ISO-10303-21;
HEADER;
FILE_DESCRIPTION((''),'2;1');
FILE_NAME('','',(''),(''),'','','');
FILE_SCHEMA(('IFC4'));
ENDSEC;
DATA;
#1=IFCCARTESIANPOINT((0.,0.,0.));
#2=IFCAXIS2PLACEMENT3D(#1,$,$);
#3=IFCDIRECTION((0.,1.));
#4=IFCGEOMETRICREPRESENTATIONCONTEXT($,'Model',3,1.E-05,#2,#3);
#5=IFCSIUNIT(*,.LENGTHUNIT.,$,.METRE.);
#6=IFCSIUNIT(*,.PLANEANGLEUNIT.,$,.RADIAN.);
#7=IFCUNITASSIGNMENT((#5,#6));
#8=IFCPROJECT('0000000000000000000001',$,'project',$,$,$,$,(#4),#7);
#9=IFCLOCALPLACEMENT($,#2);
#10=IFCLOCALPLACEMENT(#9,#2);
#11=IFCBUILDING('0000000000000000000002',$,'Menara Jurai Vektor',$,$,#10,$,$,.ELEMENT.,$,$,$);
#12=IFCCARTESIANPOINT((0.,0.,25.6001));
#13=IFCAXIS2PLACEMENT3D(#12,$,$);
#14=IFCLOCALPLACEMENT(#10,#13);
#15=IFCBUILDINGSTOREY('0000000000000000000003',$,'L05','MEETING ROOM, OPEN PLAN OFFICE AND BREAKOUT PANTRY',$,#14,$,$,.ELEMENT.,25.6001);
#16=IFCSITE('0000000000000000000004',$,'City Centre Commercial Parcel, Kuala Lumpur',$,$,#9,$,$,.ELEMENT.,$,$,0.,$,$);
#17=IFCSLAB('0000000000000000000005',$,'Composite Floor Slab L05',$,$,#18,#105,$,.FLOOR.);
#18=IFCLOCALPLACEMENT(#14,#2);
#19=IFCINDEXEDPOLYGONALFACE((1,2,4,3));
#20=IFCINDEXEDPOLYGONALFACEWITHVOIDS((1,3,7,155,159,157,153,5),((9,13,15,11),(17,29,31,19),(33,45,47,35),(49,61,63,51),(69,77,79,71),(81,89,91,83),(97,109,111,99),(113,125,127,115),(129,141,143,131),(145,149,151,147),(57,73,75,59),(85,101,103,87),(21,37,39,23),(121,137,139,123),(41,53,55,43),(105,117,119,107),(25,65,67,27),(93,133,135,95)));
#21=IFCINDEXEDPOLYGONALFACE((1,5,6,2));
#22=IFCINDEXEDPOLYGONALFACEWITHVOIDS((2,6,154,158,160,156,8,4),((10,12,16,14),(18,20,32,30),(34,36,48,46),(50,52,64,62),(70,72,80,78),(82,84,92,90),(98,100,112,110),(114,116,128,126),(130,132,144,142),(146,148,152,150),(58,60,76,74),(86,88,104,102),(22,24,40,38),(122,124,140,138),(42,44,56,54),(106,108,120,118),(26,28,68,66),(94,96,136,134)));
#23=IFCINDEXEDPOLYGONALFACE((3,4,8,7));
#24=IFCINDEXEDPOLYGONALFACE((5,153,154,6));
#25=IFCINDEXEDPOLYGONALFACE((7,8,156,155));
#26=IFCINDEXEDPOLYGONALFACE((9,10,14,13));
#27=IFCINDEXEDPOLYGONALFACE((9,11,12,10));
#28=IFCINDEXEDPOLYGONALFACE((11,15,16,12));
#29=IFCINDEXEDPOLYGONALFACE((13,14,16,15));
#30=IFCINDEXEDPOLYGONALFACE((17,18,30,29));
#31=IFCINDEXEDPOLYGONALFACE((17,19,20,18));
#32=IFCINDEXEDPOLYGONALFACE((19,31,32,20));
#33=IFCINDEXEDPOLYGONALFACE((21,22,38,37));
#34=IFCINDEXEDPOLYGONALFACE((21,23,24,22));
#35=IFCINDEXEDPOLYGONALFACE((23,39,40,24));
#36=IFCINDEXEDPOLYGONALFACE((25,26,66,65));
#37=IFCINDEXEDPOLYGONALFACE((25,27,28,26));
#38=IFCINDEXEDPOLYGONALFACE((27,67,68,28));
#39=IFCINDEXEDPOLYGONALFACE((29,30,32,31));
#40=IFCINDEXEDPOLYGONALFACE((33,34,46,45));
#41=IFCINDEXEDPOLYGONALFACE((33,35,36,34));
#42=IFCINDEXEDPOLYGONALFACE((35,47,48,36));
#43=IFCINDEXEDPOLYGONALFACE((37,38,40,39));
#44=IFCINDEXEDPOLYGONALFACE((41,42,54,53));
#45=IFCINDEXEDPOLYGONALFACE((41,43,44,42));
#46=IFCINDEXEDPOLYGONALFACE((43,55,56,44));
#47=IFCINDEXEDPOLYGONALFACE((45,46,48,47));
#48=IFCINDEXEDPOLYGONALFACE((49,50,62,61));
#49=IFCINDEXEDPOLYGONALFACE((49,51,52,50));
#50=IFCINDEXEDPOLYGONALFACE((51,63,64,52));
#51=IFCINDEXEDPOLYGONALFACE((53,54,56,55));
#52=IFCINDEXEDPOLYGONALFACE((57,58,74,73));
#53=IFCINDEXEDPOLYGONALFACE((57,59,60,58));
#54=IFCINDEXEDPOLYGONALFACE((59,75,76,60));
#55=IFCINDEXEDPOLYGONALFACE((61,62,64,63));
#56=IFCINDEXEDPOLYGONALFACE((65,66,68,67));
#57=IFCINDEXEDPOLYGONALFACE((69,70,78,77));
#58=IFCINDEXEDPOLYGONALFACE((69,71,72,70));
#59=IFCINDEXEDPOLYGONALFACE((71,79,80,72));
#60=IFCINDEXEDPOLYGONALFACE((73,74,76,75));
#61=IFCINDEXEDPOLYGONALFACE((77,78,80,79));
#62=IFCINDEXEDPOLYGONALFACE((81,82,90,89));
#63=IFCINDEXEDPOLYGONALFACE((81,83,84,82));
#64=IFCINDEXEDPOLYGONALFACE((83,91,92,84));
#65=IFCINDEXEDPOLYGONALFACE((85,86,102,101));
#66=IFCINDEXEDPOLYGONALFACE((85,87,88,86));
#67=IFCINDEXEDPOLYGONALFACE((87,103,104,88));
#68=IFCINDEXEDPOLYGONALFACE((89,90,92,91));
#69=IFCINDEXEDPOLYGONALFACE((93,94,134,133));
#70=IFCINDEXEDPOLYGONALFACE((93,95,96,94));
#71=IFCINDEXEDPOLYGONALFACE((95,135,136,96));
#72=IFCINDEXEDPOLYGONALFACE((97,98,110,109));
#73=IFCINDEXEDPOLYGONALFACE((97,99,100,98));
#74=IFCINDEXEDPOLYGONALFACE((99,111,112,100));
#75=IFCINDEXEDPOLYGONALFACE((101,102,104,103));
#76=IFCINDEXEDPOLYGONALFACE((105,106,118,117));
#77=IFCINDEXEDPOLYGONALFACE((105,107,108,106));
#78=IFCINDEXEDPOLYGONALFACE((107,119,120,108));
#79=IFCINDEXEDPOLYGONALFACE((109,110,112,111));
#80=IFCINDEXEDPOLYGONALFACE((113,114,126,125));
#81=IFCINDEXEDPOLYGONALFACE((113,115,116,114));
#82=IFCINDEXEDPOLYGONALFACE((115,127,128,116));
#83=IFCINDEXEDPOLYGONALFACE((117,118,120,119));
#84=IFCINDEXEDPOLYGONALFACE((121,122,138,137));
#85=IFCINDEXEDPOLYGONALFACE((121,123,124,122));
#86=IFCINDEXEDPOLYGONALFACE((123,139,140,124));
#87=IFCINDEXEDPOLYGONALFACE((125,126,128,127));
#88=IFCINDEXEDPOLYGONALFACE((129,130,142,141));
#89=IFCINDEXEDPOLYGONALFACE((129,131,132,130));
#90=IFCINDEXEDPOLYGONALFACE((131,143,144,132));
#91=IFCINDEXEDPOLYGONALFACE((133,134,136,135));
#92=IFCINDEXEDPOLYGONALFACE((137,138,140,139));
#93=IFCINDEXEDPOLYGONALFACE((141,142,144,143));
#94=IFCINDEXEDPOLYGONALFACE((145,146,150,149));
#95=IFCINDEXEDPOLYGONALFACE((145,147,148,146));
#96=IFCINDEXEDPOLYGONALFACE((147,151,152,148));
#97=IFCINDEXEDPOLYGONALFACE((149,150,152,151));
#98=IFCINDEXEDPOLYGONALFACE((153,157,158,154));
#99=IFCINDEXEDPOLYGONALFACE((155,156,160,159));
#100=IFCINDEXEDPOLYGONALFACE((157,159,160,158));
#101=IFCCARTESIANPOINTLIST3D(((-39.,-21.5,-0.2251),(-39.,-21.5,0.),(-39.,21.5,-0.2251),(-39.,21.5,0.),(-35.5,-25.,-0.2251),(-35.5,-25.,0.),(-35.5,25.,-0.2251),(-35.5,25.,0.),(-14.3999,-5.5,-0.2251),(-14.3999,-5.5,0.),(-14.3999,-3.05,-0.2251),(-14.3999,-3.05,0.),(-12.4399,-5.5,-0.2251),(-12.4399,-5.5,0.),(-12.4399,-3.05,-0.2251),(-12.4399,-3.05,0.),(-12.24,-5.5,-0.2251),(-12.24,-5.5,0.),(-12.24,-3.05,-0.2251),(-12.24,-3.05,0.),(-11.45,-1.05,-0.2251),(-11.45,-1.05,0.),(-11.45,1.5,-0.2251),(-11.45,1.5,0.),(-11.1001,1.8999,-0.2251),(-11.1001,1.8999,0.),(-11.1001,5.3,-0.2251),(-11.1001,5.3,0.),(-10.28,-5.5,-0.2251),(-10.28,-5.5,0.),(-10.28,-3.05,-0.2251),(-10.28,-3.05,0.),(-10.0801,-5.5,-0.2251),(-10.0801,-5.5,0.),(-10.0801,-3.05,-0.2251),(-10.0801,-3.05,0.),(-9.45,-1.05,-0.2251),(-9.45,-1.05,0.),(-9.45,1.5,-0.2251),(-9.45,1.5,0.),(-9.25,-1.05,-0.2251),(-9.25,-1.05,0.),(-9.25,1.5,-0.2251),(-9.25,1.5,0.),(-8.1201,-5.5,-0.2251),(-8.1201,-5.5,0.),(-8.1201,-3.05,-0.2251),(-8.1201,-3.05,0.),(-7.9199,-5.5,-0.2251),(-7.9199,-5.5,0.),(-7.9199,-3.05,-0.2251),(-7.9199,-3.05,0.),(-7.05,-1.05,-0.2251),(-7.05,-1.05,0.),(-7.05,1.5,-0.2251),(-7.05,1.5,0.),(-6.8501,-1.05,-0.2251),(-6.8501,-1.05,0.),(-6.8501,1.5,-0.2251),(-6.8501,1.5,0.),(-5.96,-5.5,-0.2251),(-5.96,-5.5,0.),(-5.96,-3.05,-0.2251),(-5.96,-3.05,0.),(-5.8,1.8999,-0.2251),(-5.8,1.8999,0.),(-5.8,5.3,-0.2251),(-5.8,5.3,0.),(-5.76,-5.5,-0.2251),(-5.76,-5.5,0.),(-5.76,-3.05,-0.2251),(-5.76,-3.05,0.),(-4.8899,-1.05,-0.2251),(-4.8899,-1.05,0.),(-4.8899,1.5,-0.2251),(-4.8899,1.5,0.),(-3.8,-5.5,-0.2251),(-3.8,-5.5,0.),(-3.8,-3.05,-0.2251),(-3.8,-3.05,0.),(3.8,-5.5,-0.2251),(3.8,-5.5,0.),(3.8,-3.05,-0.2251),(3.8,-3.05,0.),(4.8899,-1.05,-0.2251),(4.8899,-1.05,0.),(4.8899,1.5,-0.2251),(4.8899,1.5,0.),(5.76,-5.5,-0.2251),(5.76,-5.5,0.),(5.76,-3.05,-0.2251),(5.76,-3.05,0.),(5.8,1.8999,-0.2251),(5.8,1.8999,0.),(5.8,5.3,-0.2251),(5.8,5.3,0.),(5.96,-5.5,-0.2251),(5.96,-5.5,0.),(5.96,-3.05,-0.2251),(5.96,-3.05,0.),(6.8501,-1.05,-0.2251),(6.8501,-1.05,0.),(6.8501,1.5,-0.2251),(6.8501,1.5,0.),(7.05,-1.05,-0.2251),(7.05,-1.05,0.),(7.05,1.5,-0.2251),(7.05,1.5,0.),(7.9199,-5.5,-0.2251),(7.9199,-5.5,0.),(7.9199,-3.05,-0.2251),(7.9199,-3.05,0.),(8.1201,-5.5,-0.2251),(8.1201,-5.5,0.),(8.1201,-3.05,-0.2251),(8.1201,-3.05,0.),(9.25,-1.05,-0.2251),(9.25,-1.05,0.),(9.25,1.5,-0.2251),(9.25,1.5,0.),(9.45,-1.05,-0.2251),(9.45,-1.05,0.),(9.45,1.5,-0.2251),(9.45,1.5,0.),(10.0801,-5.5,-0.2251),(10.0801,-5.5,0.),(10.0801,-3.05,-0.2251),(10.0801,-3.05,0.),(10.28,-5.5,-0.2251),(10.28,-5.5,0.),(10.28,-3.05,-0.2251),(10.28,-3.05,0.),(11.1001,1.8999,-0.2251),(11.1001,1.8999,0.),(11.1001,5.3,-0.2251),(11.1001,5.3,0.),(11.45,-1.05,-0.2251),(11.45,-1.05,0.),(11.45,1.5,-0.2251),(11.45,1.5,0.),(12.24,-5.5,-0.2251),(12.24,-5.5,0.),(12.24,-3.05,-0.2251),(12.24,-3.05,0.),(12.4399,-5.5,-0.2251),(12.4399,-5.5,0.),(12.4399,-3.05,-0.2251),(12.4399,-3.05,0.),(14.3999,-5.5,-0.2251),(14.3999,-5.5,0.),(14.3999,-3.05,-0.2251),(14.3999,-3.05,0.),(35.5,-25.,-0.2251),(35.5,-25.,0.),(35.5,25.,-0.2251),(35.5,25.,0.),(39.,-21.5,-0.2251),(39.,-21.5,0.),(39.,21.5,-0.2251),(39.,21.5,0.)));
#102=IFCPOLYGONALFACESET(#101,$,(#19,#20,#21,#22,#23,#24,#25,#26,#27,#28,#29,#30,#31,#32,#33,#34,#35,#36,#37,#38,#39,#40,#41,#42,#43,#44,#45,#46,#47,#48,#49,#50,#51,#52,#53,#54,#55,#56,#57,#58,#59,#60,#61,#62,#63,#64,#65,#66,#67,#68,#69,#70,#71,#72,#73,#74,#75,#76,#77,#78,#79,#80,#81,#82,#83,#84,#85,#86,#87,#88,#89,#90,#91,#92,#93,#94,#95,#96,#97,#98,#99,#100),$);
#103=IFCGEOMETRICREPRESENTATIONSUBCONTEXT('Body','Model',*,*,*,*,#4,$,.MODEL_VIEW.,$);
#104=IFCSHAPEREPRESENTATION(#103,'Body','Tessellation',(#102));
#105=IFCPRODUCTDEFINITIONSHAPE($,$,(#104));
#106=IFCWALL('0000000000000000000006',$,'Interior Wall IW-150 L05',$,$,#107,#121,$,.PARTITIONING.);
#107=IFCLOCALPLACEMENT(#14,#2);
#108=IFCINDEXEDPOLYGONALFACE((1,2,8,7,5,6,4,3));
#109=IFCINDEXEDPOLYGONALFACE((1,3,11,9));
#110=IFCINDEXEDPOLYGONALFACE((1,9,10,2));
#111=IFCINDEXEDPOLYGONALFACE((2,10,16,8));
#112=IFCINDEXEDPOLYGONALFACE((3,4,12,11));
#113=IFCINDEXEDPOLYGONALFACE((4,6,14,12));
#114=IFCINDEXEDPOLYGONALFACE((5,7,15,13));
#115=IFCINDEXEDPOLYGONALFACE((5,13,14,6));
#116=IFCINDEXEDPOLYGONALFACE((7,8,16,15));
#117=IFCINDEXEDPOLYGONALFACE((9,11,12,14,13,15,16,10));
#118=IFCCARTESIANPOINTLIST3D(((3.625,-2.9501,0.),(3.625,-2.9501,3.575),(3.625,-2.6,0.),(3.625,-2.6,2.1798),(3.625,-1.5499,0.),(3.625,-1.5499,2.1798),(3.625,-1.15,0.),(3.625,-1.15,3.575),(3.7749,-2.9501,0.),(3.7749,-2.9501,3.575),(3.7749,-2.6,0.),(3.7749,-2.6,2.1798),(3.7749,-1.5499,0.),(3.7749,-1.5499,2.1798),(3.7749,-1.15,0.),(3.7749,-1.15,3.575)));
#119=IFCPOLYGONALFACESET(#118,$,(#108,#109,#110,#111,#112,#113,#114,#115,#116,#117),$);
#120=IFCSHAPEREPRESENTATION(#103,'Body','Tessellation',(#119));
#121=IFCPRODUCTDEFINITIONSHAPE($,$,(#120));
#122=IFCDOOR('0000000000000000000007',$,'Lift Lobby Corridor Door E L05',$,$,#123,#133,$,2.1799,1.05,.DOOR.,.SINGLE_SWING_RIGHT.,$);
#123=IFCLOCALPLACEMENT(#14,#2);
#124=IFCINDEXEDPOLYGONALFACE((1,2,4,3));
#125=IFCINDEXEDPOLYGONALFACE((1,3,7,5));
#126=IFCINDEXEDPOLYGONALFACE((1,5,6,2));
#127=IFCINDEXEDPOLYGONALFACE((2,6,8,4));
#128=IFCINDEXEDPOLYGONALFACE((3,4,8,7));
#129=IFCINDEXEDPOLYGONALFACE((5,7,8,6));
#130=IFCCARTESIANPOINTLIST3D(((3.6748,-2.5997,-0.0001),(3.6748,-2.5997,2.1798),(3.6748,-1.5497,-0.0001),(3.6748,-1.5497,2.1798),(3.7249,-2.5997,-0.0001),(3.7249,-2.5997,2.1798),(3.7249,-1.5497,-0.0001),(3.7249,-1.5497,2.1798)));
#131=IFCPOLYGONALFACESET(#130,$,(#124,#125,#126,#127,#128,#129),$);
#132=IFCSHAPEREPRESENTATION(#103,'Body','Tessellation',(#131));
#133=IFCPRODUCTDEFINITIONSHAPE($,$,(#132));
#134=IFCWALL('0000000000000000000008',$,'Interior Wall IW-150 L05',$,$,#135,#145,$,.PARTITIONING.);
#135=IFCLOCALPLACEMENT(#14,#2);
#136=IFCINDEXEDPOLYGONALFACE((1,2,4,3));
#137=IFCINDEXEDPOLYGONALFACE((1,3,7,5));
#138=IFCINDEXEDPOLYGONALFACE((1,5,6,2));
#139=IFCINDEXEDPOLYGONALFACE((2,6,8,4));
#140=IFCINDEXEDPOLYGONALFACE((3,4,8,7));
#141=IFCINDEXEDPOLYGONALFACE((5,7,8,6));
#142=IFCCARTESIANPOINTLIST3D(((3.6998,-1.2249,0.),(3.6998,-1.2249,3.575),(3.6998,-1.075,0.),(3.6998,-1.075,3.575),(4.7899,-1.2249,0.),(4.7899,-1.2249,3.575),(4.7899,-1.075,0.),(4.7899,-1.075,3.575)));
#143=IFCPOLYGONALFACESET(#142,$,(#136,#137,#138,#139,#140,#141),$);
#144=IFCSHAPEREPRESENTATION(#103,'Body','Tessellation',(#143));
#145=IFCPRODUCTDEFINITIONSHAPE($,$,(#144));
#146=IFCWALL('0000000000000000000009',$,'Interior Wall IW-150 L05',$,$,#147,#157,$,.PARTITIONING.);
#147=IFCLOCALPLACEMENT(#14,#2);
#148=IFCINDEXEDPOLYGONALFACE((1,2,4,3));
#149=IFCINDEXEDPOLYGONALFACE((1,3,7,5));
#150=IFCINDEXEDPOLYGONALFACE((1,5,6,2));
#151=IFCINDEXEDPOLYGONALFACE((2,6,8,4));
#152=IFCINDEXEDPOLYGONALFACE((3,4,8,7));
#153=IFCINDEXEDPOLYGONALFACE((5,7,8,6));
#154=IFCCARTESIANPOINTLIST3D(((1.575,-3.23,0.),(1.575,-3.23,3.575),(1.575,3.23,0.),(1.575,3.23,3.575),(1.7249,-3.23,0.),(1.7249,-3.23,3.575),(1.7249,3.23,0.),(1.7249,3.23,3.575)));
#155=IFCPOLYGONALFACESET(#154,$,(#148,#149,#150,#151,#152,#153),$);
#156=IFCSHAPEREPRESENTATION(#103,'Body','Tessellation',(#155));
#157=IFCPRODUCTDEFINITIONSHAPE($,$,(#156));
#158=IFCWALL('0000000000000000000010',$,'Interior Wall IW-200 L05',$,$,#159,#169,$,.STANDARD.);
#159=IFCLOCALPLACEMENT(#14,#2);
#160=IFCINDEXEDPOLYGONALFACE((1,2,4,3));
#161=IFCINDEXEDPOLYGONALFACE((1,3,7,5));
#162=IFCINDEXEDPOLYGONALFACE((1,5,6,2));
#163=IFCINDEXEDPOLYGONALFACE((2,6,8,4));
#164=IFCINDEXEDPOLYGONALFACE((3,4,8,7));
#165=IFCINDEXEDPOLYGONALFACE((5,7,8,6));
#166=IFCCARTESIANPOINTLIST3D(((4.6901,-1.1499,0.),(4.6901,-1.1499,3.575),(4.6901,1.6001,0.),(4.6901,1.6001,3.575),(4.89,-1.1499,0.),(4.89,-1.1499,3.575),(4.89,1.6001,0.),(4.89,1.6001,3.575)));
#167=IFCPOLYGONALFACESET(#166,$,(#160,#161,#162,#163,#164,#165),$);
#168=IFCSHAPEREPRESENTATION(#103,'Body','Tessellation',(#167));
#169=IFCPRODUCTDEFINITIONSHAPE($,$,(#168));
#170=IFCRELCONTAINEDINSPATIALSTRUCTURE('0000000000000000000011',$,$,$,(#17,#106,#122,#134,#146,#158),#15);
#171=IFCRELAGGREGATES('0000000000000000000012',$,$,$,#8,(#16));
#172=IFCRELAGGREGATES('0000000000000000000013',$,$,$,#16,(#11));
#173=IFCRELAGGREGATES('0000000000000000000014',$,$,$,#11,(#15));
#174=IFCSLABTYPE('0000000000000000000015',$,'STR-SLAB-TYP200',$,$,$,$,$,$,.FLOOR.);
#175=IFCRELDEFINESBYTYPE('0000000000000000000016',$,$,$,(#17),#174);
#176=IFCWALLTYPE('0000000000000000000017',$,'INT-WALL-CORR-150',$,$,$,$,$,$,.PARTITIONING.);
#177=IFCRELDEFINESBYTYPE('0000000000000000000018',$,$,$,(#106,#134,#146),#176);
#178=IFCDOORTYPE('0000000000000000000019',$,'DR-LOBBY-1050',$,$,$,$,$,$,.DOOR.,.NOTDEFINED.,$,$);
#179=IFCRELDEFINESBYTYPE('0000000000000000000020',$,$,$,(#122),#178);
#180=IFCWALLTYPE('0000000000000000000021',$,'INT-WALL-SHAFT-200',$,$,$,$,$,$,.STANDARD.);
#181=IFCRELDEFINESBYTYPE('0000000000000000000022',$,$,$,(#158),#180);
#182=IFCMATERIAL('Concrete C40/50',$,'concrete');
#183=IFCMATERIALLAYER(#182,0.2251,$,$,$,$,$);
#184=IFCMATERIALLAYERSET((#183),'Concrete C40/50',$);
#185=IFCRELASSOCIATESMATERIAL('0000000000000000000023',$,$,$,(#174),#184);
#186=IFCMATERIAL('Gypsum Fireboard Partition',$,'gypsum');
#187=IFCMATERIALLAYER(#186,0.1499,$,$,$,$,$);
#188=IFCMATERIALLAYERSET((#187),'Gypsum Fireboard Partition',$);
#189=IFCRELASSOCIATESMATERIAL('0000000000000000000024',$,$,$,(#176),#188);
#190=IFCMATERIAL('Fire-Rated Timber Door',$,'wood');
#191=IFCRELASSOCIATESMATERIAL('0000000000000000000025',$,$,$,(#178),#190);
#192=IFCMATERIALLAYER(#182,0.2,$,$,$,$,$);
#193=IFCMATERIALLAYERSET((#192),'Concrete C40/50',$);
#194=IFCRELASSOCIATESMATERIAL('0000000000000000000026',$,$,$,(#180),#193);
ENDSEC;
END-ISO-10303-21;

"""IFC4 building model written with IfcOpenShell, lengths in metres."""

from ifc_helpers import new_model, si_unit, direction, frame, frame_2d, origin, place, context, subcontext, project, spatial, polyline, rectangle, outline, extrude, material, layer, layer_set, type_object, element, fill, save


model = new_model("IFC4")

# Units and contexts
model_context = context("Model", 3, precision=1e-05, world=origin(), true_north=direction((0.0, 1.0)))
body_context = subcontext(model_context, "Body", "Model", "MODEL_VIEW")
ifc_project = project(units=[si_unit("LENGTHUNIT", "METRE"), si_unit("PLANEANGLEUNIT", "RADIAN")], contexts=[model_context])

# Site, building, storey
site_placement = place(None, origin())
site = spatial("IfcSite", under=ifc_project, at=site_placement, Name="City Centre Commercial Parcel, Kuala Lumpur", CompositionType="ELEMENT", RefElevation=0.0)
building_placement = place(site_placement, origin())
building = spatial("IfcBuilding", under=site, at=building_placement, Name="Menara Jurai Vektor", CompositionType="ELEMENT")
storey_placement = place(building_placement, frame((0.0, 0.0, 25.6001)))
storey = spatial("IfcBuildingStorey", under=building, at=storey_placement, Name="L05", Description="MEETING ROOM, OPEN PLAN OFFICE AND BREAKOUT PANTRY", CompositionType="ELEMENT", Elevation=25.6001)

# Shared definitions
ifc_material_1 = material(Name="Concrete C40/50", Category="concrete")

# Slab
ifc_layer_1 = layer(ifc_material_1, 0.2251)
ifc_layer_set_1 = layer_set([ifc_layer_1], Name="Concrete C40/50")
slab_type_1 = type_object("IfcSlabType", Name="STR-SLAB-TYP200", PredefinedType="FLOOR", material=ifc_layer_set_1)
slab_1_placement = place(storey_placement, frame((0.0, 0.0, -0.2251)))
element("IfcSlab", 1, at=slab_1_placement, inside=storey, type_object=slab_type_1, Name="Composite Floor Slab L05", PredefinedType="FLOOR", context=body_context, shape_type="SweptSolid", body=[
    extrude(outline(polyline([(-35.5, -25.0), (35.5, -25.0), (39.0, -21.5), (39.0, 21.5), (35.5, 25.0), (-35.5, 25.0), (-39.0, 21.5), (-39.0, -21.5), (-35.5, -25.0)]), holes=[polyline([(-11.1001, 1.8999), (-11.1001, 5.3), (-5.8, 5.3), (-5.8, 1.8999), (-11.1001, 1.8999)]), polyline([(5.8, 1.8999), (5.8, 5.3), (11.1001, 5.3), (11.1001, 1.8999), (5.8, 1.8999)]), polyline([(-11.45, -1.05), (-11.45, 1.5), (-9.45, 1.5), (-9.45, -1.05), (-11.45, -1.05)]), polyline([(9.45, -1.05), (9.45, 1.5), (11.45, 1.5), (11.45, -1.05), (9.45, -1.05)]), polyline([(-5.76, -5.5), (-5.76, -3.05), (-3.8, -3.05), (-3.8, -5.5), (-5.76, -5.5)]), polyline([(-6.8501, -1.05), (-6.8501, 1.5), (-4.8899, 1.5), (-4.8899, -1.05), (-6.8501, -1.05)]), polyline([(3.8, -5.5), (3.8, -3.05), (5.76, -3.05), (5.76, -5.5), (3.8, -5.5)]), polyline([(4.8899, -1.05), (4.8899, 1.5), (6.8501, 1.5), (6.8501, -1.05), (4.8899, -1.05)]), polyline([(-14.3999, -5.5), (-14.3999, -3.05), (-12.4399, -3.05), (-12.4399, -5.5), (-14.3999, -5.5)]), polyline([(-12.24, -5.5), (-12.24, -3.05), (-10.28, -3.05), (-10.28, -5.5), (-12.24, -5.5)]), polyline([(10.28, -5.5), (10.28, -3.05), (12.24, -3.05), (12.24, -5.5), (10.28, -5.5)]), polyline([(12.4399, -5.5), (12.4399, -3.05), (14.3999, -3.05), (14.3999, -5.5), (12.4399, -5.5)]), polyline([(-10.0801, -5.5), (-10.0801, -3.05), (-8.1201, -3.05), (-8.1201, -5.5), (-10.0801, -5.5)]), polyline([(-7.9199, -5.5), (-7.9199, -3.05), (-5.96, -3.05), (-5.96, -5.5), (-7.9199, -5.5)]), polyline([(5.96, -5.5), (5.96, -3.05), (7.9199, -3.05), (7.9199, -5.5), (5.96, -5.5)]), polyline([(8.1201, -5.5), (8.1201, -3.05), (10.0801, -3.05), (10.0801, -5.5), (8.1201, -5.5)]), polyline([(-9.25, -1.05), (-9.25, 1.5), (-7.05, 1.5), (-7.05, -1.05), (-9.25, -1.05)]), polyline([(7.05, -1.05), (7.05, 1.5), (9.25, 1.5), (9.25, -1.05), (7.05, -1.05)])]), origin(), (0.0, 0.0, 1.0), 0.2251),
])

# Wall, opening, door
ifc_material_2 = material(Name="Gypsum Fireboard Partition", Category="gypsum")
ifc_layer_2 = layer(ifc_material_2, 0.1499)
ifc_layer_set_2 = layer_set([ifc_layer_2], Name="Gypsum Fireboard Partition")
wall_type_1 = type_object("IfcWallType", Name="INT-WALL-CORR-150", PredefinedType="PARTITIONING", material=ifc_layer_set_2)
wall_1_placement = place(storey_placement, frame((3.7, -2.95, 0.0), z_axis=(0.0, 0.0, 1.0), x_axis=(0.0, 1.0, 0.0)))
wall_1 = element("IfcWall", 2, at=wall_1_placement, inside=storey, type_object=wall_type_1, Name="Interior Wall IW-150 L05", PredefinedType="PARTITIONING", context=body_context, shape_type="SweptSolid", body=[
    extrude(rectangle(XDim=1.8, YDim=0.1499, at=frame_2d((0.8999, 0.0))), origin(), (0.0, 0.0, 1.0), 3.575),
])
opening_1_placement = place(wall_1_placement, frame((0.3501, 0.0, 0.0)))
opening_1 = element("IfcOpeningElement", 3, at=opening_1_placement, cuts=wall_1, PredefinedType="OPENING", context=body_context, shape_type="SweptSolid", body=[
    extrude(rectangle(XDim=1.05, YDim=2.1799, at=frame_2d((0.5249, 1.0898))), frame((0.0, 0.085, 0.0), z_axis=(0.0, -1.0, 0.0), x_axis=(1.0, 0.0, 0.0)), (0.0, 0.0, 1.0), 0.1699),
])
ifc_material_3 = material(Name="Fire-Rated Timber Door", Category="wood")
door_type_1 = type_object("IfcDoorType", Name="DR-LOBBY-1050", OperationType="NOTDEFINED", PredefinedType="DOOR", material=ifc_material_3)
door_1_placement = place(opening_1_placement, frame((1.05, 0.0, 0.0), z_axis=(0.0, 0.0, 1.0), x_axis=(-1.0, 0.0, 0.0)))
door_1 = element("IfcDoor", 4, at=door_1_placement, inside=storey, type_object=door_type_1, Name="Lift Lobby Corridor Door E L05", OperationType="SINGLE_SWING_RIGHT", OverallHeight=2.1799, OverallWidth=1.05, PredefinedType="DOOR", context=body_context, shape_type="SweptSolid", body=[
    extrude(rectangle(XDim=1.05, YDim=2.1799, at=frame_2d((0.5249, 1.0898))), frame((0.0, 0.0249, 0.0), z_axis=(0.0, -1.0, 0.0), x_axis=(1.0, 0.0, 0.0)), (0.0, 0.0, 1.0), 0.05),
])
fill(opening_1, door_1)

# Walls
wall_2_placement = place(storey_placement, frame((3.7, -1.1499, 0.0), z_axis=(0.0, 0.0, 1.0), x_axis=(1.0, 0.0, 0.0)))
element("IfcWall", 5, at=wall_2_placement, inside=storey, type_object=wall_type_1, Name="Interior Wall IW-150 L05", PredefinedType="PARTITIONING", context=body_context, shape_type="SweptSolid", body=[
    extrude(rectangle(XDim=1.0901, YDim=0.1499, at=frame_2d((0.5449, 0.0))), origin(), (0.0, 0.0, 1.0), 3.575),
])
wall_3_placement = place(storey_placement, frame((1.6499, -3.23, 0.0), z_axis=(0.0, 0.0, 1.0), x_axis=(0.0, 1.0, 0.0)))
element("IfcWall", 6, at=wall_3_placement, inside=storey, type_object=wall_type_1, Name="Interior Wall IW-150 L05", PredefinedType="PARTITIONING", context=body_context, shape_type="SweptSolid", body=[
    extrude(rectangle(XDim=6.46, YDim=0.1499, at=frame_2d((3.23, 0.0))), origin(), (0.0, 0.0, 1.0), 3.575),
])

# Shared definitions
ifc_layer_3 = layer(ifc_material_1, 0.2)
ifc_layer_set_3 = layer_set([ifc_layer_3], Name="Concrete C40/50")
wall_type_2 = type_object("IfcWallType", Name="INT-WALL-SHAFT-200", PredefinedType="STANDARD", material=ifc_layer_set_3)

# Wall
wall_4_placement = place(storey_placement, frame((4.79, -1.1499, 0.0), z_axis=(0.0, 0.0, 1.0), x_axis=(0.0, 1.0, 0.0)))
element("IfcWall", 7, at=wall_4_placement, inside=storey, type_object=wall_type_2, Name="Interior Wall IW-200 L05", PredefinedType="STANDARD", context=body_context, shape_type="SweptSolid", body=[
    extrude(rectangle(XDim=2.75, YDim=0.2, at=frame_2d((1.375, 0.0))), origin(), (0.0, 0.0, 1.0), 3.575),
])

save(model, "model.ifc")
